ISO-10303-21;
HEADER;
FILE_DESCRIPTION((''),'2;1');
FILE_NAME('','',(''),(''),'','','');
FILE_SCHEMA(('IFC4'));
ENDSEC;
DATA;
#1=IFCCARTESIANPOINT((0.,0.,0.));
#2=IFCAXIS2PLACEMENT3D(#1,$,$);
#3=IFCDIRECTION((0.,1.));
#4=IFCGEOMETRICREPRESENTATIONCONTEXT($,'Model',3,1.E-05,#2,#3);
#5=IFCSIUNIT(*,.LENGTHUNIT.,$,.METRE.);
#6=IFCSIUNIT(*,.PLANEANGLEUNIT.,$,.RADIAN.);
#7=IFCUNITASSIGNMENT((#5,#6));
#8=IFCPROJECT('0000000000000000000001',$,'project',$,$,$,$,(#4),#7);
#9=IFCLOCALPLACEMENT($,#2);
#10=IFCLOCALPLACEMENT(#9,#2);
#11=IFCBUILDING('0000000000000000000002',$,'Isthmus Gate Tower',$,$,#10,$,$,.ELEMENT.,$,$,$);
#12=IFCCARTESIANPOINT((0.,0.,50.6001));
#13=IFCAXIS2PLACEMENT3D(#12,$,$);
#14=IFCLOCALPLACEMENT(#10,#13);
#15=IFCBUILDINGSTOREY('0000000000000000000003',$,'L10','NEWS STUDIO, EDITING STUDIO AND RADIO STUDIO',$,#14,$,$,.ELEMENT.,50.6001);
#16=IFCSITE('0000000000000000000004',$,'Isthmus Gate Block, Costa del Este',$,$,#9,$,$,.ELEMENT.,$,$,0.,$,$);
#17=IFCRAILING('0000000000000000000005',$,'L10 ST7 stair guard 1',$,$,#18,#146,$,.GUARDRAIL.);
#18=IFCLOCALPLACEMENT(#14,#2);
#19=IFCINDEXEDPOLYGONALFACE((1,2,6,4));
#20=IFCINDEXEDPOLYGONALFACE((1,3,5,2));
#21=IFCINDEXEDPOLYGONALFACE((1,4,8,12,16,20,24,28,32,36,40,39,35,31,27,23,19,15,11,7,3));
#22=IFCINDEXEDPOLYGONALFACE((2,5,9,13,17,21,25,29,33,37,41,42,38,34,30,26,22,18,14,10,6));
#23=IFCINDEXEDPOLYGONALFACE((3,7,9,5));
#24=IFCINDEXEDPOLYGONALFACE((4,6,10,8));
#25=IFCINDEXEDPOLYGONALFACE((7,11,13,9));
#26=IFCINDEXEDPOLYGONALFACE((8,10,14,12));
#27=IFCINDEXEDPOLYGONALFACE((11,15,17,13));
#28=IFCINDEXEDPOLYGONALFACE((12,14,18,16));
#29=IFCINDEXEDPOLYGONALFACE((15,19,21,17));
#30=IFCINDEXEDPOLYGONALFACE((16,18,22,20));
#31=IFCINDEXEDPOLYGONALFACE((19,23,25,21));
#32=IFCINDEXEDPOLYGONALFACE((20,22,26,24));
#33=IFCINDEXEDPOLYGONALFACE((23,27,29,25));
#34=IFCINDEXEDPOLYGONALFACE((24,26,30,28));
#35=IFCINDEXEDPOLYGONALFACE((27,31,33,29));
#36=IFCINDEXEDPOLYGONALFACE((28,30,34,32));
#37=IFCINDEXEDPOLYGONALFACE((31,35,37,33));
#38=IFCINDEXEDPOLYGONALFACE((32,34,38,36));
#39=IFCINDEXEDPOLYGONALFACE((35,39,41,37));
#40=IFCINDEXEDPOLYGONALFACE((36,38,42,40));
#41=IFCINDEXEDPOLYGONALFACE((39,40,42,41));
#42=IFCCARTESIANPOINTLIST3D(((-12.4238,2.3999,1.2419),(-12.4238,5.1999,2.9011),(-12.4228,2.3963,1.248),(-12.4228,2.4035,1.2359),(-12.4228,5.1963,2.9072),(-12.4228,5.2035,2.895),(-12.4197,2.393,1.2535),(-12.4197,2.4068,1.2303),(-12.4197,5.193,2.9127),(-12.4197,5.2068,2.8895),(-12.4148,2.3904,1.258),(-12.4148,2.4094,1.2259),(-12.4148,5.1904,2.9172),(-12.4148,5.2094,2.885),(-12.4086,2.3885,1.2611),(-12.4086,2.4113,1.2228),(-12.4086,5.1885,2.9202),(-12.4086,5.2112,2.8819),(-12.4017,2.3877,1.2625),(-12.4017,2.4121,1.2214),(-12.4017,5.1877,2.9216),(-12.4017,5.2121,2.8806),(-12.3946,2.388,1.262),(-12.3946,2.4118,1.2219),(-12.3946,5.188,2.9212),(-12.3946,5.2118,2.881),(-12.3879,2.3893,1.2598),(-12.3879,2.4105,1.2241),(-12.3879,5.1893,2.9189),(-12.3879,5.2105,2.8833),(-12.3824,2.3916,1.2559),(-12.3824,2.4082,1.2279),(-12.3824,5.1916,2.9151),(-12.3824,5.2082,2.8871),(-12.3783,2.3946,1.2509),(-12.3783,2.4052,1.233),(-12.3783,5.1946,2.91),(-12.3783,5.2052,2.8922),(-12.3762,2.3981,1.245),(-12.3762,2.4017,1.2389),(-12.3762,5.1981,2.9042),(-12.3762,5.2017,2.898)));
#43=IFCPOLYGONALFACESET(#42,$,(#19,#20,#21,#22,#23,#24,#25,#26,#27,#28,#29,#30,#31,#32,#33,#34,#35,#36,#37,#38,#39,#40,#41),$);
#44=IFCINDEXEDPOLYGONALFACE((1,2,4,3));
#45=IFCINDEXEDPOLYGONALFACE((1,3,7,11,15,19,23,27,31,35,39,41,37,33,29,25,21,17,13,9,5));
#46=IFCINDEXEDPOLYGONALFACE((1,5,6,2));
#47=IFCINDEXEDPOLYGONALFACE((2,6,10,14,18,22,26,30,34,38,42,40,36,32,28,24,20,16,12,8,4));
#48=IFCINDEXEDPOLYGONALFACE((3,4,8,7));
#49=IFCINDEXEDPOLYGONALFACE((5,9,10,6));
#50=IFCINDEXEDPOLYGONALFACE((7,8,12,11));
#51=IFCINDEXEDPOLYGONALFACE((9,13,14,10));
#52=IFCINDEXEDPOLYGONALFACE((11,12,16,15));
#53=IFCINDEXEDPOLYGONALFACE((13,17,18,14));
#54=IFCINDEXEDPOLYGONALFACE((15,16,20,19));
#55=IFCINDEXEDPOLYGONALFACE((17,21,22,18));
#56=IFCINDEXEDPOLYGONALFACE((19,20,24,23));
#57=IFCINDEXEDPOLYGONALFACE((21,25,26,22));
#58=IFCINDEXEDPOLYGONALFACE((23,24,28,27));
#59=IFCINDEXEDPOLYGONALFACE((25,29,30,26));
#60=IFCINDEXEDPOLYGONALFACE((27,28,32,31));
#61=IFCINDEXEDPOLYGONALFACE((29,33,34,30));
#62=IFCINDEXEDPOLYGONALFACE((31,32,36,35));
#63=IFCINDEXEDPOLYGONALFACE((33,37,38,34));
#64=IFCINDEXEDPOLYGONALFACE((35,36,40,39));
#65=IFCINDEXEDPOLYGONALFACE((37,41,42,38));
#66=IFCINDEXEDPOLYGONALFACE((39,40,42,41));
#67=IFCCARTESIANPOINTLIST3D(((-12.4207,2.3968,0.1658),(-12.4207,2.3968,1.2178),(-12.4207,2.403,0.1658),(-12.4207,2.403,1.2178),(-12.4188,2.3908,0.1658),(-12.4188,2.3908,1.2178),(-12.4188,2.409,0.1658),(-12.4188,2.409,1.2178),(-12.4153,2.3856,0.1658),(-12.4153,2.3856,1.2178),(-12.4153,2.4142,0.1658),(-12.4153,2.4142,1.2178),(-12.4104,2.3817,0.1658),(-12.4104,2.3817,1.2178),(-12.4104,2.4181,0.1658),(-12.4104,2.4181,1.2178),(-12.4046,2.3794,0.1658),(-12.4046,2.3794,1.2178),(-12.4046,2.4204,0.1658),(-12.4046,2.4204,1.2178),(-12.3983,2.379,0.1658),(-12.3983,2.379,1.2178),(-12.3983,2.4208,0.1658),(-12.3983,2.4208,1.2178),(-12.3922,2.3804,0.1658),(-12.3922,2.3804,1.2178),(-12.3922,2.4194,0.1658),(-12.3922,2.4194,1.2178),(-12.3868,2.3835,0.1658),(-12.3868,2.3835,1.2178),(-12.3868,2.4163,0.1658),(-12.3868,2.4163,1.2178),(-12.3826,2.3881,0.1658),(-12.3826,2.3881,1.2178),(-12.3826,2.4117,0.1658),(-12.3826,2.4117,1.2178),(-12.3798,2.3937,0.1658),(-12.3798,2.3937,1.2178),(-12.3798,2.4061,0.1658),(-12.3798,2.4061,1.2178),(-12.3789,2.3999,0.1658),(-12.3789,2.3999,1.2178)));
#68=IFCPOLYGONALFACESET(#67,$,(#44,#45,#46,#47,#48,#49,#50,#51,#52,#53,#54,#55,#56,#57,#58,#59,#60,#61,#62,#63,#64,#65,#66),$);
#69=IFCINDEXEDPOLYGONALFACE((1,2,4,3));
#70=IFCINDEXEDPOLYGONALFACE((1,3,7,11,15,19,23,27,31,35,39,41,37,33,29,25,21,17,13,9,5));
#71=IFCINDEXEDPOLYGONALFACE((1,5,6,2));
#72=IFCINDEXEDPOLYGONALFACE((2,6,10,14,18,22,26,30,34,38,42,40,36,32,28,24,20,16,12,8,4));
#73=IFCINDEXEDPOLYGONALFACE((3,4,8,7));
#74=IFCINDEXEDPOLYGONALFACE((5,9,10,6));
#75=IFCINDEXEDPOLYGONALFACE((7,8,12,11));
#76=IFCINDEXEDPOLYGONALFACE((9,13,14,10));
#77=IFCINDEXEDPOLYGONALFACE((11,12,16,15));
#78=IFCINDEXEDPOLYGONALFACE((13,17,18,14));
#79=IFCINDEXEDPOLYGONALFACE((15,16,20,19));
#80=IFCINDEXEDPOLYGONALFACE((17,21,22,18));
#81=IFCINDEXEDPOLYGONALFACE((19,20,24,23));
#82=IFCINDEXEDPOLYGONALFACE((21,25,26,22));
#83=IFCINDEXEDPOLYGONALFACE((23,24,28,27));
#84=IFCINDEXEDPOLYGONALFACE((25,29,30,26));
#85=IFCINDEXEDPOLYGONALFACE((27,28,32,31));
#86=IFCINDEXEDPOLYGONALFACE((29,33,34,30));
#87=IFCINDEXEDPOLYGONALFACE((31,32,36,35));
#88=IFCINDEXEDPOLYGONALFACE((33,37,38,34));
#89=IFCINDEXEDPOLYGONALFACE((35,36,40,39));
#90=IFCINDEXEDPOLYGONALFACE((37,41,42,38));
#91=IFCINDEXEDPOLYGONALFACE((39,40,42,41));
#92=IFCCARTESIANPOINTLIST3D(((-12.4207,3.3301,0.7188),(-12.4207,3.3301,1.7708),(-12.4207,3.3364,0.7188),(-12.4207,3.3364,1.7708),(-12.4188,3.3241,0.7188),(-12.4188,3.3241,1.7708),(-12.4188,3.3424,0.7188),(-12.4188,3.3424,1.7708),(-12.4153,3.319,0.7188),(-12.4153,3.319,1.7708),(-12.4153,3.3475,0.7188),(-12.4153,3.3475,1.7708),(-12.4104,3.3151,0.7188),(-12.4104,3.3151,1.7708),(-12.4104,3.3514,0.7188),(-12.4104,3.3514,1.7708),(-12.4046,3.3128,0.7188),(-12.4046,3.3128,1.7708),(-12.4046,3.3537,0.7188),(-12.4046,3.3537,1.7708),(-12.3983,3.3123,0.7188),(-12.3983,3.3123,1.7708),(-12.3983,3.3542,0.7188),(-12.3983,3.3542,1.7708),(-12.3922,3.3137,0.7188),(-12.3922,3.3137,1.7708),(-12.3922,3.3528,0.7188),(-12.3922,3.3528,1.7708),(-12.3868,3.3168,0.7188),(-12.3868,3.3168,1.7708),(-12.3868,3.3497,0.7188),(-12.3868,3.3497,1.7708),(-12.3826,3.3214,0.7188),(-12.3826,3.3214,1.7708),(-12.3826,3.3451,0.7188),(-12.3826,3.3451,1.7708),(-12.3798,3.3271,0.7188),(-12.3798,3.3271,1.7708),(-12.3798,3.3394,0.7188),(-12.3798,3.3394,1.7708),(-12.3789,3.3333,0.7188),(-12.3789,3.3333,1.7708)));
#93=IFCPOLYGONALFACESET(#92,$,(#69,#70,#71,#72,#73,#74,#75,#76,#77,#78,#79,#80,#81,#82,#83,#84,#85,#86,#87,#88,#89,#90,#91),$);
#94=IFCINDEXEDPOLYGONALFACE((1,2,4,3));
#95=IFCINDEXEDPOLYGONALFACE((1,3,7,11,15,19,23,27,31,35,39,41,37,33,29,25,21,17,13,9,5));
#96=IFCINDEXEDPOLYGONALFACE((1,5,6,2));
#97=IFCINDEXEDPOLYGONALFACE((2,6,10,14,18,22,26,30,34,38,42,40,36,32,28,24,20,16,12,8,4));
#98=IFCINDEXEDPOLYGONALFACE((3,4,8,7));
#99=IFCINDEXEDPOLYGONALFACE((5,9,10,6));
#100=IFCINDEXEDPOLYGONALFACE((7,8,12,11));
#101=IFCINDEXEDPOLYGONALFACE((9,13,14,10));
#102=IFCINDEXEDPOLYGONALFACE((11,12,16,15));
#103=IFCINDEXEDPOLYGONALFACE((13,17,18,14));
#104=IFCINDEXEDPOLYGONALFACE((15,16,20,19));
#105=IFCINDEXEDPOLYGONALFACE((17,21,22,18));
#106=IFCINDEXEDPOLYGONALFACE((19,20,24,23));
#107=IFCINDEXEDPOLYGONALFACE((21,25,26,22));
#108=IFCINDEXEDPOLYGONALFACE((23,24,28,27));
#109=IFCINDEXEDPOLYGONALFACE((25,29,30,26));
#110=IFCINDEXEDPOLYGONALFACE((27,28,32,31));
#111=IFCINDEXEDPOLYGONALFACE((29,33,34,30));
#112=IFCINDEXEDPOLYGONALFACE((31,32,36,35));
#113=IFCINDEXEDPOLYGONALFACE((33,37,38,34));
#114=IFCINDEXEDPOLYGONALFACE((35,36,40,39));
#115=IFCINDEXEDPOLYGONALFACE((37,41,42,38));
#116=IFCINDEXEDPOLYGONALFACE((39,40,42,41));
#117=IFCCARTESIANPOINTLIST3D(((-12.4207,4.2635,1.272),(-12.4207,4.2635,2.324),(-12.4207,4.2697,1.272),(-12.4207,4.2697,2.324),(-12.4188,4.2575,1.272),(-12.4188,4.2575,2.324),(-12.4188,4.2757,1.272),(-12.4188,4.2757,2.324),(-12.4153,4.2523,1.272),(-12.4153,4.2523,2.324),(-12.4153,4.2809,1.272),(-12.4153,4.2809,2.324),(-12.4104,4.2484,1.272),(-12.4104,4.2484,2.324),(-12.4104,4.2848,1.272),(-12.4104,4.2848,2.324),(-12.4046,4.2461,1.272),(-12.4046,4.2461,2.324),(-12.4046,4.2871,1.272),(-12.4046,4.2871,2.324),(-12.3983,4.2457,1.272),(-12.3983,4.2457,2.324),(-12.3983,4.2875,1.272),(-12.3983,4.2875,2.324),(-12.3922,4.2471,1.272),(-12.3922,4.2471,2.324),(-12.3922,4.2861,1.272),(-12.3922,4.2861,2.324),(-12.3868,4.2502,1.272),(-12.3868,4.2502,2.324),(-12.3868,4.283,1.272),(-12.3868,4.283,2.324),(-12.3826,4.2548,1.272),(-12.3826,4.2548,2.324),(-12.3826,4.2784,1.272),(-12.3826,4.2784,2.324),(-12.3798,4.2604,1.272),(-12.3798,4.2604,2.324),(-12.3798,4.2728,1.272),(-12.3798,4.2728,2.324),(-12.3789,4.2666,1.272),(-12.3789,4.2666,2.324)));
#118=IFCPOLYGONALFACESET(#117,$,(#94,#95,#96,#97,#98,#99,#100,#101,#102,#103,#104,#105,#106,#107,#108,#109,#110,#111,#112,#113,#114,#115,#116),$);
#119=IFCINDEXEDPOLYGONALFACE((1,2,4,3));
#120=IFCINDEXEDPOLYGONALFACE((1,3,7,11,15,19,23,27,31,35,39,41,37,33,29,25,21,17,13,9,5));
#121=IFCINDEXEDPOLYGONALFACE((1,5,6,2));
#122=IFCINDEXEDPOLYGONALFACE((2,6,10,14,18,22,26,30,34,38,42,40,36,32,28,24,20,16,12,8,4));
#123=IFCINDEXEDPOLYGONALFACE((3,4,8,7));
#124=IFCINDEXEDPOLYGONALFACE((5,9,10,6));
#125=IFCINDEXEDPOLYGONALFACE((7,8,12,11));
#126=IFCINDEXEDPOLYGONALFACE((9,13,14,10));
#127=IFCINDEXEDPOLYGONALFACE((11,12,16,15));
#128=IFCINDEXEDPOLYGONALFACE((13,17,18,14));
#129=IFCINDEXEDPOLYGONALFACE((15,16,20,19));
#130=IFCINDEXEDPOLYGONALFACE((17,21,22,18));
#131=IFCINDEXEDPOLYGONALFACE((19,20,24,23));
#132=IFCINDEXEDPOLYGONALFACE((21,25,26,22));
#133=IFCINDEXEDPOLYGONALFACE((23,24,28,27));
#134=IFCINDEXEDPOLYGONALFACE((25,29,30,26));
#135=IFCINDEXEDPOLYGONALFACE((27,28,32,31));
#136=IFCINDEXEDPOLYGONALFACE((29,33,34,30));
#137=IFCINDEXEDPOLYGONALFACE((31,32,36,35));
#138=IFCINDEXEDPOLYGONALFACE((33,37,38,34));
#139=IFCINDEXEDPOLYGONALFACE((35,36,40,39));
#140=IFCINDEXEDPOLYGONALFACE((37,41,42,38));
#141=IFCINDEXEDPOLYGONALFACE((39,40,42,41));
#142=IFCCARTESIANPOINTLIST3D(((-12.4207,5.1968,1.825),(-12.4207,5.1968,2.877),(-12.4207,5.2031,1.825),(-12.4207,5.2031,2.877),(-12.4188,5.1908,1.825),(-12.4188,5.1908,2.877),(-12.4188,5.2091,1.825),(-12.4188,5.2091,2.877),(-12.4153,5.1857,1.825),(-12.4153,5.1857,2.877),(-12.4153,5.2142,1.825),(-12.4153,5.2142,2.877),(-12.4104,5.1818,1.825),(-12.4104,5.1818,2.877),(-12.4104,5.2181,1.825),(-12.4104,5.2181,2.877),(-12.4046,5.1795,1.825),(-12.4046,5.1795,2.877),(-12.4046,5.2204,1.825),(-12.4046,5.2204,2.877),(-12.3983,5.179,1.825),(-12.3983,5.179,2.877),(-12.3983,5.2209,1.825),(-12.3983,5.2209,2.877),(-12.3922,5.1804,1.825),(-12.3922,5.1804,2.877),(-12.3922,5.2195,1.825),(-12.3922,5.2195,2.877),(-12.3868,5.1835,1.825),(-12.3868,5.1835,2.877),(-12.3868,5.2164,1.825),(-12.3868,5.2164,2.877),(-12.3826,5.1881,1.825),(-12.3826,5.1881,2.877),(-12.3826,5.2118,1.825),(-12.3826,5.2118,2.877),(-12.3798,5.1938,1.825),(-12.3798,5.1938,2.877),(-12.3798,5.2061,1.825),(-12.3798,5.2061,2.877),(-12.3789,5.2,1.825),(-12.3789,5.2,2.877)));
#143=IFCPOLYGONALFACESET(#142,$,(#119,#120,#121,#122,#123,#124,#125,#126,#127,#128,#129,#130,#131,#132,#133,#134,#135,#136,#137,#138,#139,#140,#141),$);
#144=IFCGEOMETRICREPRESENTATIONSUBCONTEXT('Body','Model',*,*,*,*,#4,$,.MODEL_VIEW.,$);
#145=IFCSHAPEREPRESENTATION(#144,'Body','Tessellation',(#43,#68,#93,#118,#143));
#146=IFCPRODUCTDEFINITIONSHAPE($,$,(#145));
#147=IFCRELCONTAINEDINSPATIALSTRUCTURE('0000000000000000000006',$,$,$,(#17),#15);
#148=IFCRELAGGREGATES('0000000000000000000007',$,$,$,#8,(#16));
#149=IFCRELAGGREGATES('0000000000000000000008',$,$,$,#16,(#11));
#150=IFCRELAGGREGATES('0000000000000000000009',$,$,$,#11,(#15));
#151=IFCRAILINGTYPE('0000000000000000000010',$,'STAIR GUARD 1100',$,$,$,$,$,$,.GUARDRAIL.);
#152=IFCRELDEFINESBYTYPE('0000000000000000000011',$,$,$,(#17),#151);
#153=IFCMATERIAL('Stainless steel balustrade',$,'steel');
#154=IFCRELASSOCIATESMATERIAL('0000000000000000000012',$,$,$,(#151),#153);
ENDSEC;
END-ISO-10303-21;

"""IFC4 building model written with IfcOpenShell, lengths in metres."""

from ifc_helpers import new_model, si_unit, direction, frame, origin, origin_2d, place, context, subcontext, project, spatial, circle, extrude, material, type_object, element, save


model = new_model("IFC4")

# Units and contexts
model_context = context("Model", 3, precision=1e-05, world=origin(), true_north=direction((0.0, 1.0)))
body_context = subcontext(model_context, "Body", "Model", "MODEL_VIEW")
ifc_project = project(units=[si_unit("LENGTHUNIT", "METRE"), si_unit("PLANEANGLEUNIT", "RADIAN")], contexts=[model_context])

# Site, building, storey
site_placement = place(None, origin())
site = spatial("IfcSite", under=ifc_project, at=site_placement, Name="Isthmus Gate Block, Costa del Este", CompositionType="ELEMENT", RefElevation=0.0)
building_placement = place(site_placement, origin())
building = spatial("IfcBuilding", under=site, at=building_placement, Name="Isthmus Gate Tower", CompositionType="ELEMENT")
storey_placement = place(building_placement, frame((0.0, 0.0, 50.6001)))
storey = spatial("IfcBuildingStorey", under=building, at=storey_placement, Name="L10", Description="NEWS STUDIO, EDITING STUDIO AND RADIO STUDIO", CompositionType="ELEMENT", Elevation=50.6001)

# Railing
ifc_material_1 = material(Name="Stainless steel balustrade", Category="steel")
railing_type_1 = type_object("IfcRailingType", Name="STAIR GUARD 1100", PredefinedType="GUARDRAIL", material=ifc_material_1)
railing_1_placement = place(storey_placement, frame((-12.3999, 2.3999, 0.1658)))
element("IfcRailing", 1, at=railing_1_placement, inside=storey, type_object=railing_type_1, Name="L10 ST7 stair guard 1", PredefinedType="GUARDRAIL", context=body_context, shape_type="SweptSolid", body=[
    extrude(circle(Radius=0.0239, at=origin_2d()), frame((0.0, 0.0, 1.0762), z_axis=(0.0, 0.860306, 0.509778), x_axis=(-1.0, 0.0, 0.0)), (0.0, 0.0, 1.0), 3.2546),
    extrude(circle(Radius=0.021, at=origin_2d()), origin(), (0.0, 0.0, 1.0), 1.052),
    extrude(circle(Radius=0.021, at=origin_2d()), frame((0.0, 0.9333, 0.553)), (0.0, 0.0, 1.0), 1.052),
    extrude(circle(Radius=0.021, at=origin_2d()), frame((0.0, 1.8667, 1.1062)), (0.0, 0.0, 1.0), 1.052),
    extrude(circle(Radius=0.021, at=origin_2d()), frame((0.0, 2.8, 1.6592)), (0.0, 0.0, 1.0), 1.052),
])

save(model, "model.ifc")
